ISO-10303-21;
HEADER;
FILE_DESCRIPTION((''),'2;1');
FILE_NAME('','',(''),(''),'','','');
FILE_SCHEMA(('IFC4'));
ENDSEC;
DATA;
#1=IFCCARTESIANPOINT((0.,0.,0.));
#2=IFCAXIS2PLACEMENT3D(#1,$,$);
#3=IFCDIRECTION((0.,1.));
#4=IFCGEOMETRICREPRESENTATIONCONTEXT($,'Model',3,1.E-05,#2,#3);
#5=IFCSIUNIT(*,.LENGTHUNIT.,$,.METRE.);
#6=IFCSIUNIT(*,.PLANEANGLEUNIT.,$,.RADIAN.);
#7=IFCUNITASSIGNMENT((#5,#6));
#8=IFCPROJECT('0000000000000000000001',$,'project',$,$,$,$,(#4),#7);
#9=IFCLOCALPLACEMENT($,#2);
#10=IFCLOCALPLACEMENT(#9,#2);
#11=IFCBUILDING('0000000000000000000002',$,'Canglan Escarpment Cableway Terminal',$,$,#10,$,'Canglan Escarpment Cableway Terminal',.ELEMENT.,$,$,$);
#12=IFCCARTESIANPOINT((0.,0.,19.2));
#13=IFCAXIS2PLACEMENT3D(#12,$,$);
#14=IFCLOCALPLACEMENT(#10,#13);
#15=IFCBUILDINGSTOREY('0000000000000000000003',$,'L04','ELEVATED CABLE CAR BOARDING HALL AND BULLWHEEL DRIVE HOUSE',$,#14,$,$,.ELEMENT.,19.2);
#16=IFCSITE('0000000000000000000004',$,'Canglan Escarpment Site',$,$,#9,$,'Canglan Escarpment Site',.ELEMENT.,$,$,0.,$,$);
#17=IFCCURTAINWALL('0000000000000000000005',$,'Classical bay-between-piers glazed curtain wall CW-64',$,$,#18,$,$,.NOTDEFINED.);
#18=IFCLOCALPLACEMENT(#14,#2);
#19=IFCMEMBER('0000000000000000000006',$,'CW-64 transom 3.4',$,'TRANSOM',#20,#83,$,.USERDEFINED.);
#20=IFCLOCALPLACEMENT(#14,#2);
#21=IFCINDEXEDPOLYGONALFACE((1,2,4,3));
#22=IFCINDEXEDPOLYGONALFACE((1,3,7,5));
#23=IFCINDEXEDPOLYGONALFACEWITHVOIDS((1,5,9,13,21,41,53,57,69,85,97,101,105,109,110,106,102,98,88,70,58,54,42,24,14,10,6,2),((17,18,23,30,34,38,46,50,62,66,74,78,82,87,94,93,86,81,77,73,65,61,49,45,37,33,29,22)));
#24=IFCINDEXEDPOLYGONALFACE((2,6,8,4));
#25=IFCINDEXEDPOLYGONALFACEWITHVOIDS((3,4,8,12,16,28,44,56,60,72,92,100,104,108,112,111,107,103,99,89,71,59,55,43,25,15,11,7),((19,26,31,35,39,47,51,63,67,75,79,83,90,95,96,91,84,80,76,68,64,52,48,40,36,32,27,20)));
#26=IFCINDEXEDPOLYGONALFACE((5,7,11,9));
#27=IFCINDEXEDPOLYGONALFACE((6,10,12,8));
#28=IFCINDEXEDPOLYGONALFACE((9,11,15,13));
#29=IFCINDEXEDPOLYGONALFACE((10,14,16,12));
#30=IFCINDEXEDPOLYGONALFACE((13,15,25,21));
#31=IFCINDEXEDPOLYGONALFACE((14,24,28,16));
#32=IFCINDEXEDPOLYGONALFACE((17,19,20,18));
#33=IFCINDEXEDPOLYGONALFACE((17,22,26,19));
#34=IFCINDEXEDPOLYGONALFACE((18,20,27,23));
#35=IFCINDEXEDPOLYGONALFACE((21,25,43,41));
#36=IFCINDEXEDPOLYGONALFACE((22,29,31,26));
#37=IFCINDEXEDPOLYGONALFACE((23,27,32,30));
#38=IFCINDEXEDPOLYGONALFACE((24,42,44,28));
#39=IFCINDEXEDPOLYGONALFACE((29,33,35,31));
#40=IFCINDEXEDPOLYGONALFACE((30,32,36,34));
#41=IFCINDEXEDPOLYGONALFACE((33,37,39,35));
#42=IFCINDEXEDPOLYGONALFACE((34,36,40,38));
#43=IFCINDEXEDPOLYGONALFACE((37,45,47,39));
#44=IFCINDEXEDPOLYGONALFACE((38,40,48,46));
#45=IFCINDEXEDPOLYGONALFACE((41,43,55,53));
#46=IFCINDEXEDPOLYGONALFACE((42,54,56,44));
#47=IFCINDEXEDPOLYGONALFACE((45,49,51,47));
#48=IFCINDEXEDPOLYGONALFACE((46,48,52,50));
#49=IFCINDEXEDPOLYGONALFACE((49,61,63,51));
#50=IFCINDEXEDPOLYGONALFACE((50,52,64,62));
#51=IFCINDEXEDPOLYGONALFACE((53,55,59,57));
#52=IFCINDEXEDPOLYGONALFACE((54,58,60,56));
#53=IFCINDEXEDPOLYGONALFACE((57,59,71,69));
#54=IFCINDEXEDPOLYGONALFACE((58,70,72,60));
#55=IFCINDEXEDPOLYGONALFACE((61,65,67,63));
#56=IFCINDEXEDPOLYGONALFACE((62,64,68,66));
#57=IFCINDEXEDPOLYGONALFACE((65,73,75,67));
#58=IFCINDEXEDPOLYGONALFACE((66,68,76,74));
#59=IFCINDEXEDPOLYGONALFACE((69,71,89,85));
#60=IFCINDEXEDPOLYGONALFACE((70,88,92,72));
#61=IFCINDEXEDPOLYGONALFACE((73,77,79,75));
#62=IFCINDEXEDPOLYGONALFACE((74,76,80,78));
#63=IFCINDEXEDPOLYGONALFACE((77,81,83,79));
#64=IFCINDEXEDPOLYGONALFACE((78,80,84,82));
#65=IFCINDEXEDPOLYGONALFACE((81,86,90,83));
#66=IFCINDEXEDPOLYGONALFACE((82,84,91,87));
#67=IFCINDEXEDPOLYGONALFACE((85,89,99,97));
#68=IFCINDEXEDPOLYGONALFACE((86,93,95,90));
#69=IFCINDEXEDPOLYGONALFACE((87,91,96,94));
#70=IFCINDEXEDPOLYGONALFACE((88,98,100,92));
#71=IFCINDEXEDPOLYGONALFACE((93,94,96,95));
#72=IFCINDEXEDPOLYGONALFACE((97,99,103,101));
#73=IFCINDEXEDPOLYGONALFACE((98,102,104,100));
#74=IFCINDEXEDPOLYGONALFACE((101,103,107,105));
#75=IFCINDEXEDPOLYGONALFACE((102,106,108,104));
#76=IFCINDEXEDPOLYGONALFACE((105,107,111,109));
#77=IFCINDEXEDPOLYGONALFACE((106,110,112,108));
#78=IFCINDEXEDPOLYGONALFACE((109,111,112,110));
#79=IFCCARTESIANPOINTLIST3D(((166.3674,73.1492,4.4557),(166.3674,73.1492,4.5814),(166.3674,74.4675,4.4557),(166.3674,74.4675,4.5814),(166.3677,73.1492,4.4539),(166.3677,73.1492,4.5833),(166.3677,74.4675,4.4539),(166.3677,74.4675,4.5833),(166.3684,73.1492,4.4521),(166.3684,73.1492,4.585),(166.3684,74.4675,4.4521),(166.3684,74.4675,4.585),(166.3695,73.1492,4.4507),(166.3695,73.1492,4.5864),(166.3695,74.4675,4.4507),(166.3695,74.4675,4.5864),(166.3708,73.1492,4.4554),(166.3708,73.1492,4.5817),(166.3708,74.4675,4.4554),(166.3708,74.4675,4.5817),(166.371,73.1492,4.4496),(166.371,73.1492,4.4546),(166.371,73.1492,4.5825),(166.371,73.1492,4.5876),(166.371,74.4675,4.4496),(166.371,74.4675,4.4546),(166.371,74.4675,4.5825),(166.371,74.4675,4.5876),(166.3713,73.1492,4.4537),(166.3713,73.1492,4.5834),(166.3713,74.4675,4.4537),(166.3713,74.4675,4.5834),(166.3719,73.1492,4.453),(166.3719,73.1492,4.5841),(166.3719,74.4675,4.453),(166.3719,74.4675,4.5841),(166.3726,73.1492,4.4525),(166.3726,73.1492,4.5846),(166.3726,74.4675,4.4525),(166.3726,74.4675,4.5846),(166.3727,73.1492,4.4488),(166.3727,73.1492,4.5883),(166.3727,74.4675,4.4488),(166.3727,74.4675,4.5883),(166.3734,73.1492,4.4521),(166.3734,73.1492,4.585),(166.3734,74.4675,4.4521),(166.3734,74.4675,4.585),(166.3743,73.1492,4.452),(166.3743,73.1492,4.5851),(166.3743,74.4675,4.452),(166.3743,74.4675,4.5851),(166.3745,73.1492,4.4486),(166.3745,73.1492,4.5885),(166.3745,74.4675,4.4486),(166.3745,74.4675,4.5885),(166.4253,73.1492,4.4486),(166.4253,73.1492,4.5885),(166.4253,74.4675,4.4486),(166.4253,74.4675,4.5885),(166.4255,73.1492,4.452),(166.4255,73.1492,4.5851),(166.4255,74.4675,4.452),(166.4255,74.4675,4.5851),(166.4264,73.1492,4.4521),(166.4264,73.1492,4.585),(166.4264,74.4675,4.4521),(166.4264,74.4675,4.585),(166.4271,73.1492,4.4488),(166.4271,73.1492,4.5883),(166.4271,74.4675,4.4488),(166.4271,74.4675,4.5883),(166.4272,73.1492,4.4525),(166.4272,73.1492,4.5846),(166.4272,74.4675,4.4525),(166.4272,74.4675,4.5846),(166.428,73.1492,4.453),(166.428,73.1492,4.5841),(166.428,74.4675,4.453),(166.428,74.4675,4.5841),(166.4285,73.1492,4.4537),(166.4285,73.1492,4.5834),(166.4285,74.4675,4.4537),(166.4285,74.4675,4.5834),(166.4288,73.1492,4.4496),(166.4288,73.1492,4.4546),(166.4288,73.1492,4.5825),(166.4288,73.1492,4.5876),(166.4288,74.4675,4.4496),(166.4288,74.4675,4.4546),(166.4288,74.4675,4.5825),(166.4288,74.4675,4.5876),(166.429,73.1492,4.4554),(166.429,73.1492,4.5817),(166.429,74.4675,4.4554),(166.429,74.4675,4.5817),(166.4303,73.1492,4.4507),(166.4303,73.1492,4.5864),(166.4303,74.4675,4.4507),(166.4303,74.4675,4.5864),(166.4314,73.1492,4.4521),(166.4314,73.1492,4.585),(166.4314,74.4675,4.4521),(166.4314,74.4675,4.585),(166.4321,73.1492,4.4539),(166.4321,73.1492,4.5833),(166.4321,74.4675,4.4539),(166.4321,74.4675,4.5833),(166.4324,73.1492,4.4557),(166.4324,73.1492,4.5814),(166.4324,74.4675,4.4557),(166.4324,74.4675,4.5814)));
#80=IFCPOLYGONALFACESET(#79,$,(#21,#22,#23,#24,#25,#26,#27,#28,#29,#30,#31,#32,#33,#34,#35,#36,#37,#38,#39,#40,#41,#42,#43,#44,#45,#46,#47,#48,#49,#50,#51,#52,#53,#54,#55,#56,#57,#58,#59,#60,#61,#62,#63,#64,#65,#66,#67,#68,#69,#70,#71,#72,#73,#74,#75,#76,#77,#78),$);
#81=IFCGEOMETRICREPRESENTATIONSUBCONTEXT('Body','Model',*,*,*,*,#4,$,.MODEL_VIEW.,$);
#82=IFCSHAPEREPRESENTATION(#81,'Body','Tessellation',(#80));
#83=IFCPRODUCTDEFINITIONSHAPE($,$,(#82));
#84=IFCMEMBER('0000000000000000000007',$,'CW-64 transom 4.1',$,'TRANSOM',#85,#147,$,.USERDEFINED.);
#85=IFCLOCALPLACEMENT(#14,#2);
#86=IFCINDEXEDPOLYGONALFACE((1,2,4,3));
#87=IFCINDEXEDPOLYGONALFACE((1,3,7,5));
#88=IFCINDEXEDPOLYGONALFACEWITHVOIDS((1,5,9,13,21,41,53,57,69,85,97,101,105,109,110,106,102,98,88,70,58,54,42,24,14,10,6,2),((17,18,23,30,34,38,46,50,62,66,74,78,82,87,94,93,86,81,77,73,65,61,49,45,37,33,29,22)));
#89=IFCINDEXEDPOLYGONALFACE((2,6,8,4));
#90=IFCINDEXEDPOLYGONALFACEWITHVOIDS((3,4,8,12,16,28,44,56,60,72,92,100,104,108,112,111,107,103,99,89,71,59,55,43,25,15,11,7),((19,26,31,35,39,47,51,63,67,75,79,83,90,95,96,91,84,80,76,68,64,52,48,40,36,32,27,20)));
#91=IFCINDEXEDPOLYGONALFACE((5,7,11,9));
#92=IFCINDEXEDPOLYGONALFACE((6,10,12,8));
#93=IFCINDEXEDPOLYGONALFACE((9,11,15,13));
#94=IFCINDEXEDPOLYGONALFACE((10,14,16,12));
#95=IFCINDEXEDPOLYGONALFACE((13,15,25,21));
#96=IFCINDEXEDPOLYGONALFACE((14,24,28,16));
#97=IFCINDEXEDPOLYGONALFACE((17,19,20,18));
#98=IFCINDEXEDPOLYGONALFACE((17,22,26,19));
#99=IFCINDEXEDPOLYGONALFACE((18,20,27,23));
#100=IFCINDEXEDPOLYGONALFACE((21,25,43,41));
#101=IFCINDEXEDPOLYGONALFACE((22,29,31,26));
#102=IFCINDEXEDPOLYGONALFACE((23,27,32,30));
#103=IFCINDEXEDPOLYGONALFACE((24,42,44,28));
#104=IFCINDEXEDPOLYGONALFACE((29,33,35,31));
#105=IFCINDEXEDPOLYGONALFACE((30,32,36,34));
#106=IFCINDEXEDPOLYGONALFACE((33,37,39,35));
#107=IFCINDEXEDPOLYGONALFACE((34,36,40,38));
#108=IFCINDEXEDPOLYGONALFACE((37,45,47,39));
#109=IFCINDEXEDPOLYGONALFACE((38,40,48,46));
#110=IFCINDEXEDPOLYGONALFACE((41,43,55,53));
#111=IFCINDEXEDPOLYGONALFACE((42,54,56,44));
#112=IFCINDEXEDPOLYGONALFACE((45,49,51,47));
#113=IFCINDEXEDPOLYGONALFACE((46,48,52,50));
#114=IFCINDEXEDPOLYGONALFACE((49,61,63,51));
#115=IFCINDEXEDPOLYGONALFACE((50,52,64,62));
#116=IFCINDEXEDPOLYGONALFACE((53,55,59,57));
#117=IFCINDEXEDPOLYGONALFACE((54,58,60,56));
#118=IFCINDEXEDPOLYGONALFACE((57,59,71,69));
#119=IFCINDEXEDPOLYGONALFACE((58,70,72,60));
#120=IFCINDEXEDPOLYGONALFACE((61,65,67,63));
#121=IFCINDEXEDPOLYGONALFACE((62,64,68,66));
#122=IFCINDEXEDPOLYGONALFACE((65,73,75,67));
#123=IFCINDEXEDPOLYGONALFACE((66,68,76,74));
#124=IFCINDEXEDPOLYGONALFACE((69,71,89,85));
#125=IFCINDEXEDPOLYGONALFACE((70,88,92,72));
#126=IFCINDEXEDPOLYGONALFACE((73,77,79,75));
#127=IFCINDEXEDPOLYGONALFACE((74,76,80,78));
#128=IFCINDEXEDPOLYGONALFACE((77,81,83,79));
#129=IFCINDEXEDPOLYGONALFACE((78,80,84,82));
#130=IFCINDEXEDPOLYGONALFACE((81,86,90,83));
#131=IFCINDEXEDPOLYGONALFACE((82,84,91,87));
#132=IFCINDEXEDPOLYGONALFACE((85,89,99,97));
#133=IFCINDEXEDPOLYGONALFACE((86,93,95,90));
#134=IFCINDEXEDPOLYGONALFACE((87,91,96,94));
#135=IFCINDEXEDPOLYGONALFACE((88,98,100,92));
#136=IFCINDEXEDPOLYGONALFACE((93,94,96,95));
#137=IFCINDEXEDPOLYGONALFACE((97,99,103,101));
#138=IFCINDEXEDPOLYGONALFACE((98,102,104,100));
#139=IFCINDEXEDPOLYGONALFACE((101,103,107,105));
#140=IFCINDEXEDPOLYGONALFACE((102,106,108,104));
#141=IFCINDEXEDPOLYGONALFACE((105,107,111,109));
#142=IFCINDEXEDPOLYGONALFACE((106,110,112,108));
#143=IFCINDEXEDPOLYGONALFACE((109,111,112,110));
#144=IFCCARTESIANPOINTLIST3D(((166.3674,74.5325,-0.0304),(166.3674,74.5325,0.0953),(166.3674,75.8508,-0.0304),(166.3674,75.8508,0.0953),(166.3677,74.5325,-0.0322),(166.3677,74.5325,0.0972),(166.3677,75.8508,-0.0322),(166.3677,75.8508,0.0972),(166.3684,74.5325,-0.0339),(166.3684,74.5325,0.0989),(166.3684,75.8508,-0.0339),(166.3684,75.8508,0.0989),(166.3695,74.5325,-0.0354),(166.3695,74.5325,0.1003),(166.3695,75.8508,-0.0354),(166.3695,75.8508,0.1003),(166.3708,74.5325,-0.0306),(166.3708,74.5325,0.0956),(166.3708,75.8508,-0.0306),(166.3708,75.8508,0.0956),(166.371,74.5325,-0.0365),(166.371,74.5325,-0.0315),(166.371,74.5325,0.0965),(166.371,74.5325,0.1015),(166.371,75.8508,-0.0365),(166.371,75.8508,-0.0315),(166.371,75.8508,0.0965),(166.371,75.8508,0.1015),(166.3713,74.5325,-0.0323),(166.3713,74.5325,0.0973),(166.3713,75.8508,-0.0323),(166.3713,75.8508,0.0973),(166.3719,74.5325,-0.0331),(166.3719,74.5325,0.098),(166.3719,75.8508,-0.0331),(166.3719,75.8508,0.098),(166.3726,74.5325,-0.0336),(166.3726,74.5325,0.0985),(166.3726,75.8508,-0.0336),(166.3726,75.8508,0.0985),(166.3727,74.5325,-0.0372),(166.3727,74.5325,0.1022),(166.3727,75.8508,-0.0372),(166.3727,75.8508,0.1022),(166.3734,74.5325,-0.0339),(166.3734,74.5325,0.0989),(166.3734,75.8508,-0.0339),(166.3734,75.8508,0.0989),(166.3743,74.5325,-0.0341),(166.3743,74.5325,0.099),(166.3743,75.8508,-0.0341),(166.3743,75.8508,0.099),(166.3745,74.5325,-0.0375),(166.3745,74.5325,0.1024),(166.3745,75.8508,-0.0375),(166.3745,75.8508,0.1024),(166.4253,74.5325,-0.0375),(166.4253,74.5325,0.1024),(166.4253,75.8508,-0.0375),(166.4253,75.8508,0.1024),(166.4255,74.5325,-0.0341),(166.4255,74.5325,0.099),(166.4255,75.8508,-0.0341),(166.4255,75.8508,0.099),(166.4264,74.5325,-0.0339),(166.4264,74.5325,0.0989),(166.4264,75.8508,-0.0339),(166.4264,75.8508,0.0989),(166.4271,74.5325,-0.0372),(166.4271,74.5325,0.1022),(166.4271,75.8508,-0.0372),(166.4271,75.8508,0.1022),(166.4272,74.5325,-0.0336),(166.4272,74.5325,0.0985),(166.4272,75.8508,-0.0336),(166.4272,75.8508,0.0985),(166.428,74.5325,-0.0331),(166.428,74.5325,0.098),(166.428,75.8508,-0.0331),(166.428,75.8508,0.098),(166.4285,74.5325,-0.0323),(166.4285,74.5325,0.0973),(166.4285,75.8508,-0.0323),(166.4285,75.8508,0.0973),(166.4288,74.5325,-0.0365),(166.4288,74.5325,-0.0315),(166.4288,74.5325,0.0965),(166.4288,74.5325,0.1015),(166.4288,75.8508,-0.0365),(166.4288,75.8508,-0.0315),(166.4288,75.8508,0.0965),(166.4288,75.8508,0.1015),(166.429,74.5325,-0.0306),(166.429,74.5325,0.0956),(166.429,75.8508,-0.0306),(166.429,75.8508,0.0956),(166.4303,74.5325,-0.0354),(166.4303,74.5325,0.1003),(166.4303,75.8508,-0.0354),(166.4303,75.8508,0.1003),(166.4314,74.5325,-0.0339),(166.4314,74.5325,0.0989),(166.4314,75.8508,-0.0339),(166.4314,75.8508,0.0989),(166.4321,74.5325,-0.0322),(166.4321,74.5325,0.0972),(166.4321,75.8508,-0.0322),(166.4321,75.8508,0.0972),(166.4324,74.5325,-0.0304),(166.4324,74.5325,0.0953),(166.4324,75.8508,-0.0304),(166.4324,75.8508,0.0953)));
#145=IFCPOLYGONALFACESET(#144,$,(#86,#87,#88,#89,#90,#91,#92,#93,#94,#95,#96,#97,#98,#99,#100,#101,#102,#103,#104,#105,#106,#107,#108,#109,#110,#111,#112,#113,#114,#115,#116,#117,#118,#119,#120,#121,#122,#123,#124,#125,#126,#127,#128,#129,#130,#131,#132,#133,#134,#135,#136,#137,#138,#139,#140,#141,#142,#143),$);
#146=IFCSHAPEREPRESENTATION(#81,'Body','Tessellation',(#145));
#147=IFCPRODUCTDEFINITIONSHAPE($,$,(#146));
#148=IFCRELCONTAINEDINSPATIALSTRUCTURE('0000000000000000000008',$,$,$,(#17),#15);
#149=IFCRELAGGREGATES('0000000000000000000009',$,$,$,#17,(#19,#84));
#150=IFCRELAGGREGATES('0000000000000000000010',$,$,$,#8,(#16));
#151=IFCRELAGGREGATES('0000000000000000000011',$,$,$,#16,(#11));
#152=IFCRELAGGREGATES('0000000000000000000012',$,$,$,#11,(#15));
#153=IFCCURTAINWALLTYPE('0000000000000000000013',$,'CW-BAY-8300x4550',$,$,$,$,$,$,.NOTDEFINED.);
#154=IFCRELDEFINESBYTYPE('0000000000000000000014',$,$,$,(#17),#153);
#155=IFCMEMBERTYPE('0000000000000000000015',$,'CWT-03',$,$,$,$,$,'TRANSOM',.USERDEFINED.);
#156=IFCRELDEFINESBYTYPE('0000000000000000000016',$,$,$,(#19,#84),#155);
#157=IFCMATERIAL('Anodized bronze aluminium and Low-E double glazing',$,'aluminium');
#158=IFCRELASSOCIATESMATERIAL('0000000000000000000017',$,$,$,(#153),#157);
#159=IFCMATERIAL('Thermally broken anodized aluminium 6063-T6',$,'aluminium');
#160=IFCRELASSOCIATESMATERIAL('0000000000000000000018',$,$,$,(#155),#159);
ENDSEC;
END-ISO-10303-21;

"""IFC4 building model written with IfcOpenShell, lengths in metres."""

from ifc_helpers import new_model, si_unit, direction, frame, origin, origin_2d, place, context, subcontext, project, spatial, hollow_rectangle, extrude, material, material_profile, profile_set, type_object, element, aggregate, save


model = new_model("IFC4")

# Units and contexts
model_context = context("Model", 3, precision=1e-05, world=origin(), true_north=direction((0.0, 1.0)))
body_context = subcontext(model_context, "Body", "Model", "MODEL_VIEW")
ifc_project = project(units=[si_unit("LENGTHUNIT", "METRE"), si_unit("PLANEANGLEUNIT", "RADIAN")], contexts=[model_context])

# Site, building, storey
site_placement = place(None, origin())
site = spatial("IfcSite", under=ifc_project, at=site_placement, Name="Canglan Escarpment Site", LongName="Canglan Escarpment Site", CompositionType="ELEMENT", RefElevation=0.0)
building_placement = place(site_placement, origin())
building = spatial("IfcBuilding", under=site, at=building_placement, Name="Canglan Escarpment Cableway Terminal", LongName="Canglan Escarpment Cableway Terminal", CompositionType="ELEMENT")
storey_placement = place(building_placement, frame((0.0, 0.0, 19.2)))
storey = spatial("IfcBuildingStorey", under=building, at=storey_placement, Name="L04", Description="ELEVATED CABLE CAR BOARDING HALL AND BULLWHEEL DRIVE HOUSE", CompositionType="ELEMENT", Elevation=19.2)

# Curtain wall, members
ifc_material_1 = material(Name="Anodized bronze aluminium and Low-E double glazing", Category="aluminium")
curtain_wall_type = type_object("IfcCurtainWallType", Name="CW-BAY-8300x4550", PredefinedType="NOTDEFINED", material=ifc_material_1)
curtain_wall_placement = place(storey_placement, origin())
curtain_wall = element("IfcCurtainWall", 1, at=curtain_wall_placement, inside=storey, type_object=curtain_wall_type, Name="Classical bay-between-piers glazed curtain wall CW-64", PredefinedType="NOTDEFINED")
ifc_material_2 = material(Name="Thermally broken anodized aluminium 6063-T6", Category="aluminium")
ifc_material_profile_1 = material_profile(ifc_material_2, hollow_rectangle(XDim=0.0649, YDim=0.1399, WallThickness=0.0034, InnerFilletRadius=0.0034, OuterFilletRadius=0.0071, at=origin_2d()), Name="ALU-TRAN 65x140x3.5")
ifc_profile_set_1 = profile_set([ifc_material_profile_1], Name="Thermally broken anodized aluminium 6063-T6")
member_type_1 = type_object("IfcMemberType", Name="CWT-03", ElementType="TRANSOM", PredefinedType="USERDEFINED", material=ifc_profile_set_1)
member_1_placement = place(storey_placement, frame((166.3999, 73.1492, 4.5186), z_axis=(0.0, 1.0, 0.0), x_axis=(-1.0, 0.0, 0.0)))
member_1 = element("IfcMember", 2, at=member_1_placement, type_object=member_type_1, Name="CW-64 transom 3.4", ObjectType="TRANSOM", PredefinedType="USERDEFINED", context=body_context, shape_type="SweptSolid", body=[
    extrude(hollow_rectangle(XDim=0.0649, YDim=0.1399, WallThickness=0.0034, InnerFilletRadius=0.0034, OuterFilletRadius=0.0071, at=origin_2d()), origin(), (0.0, 0.0, 1.0), 1.3184),
])
member_2_placement = place(storey_placement, frame((166.3999, 74.5325, 0.0325), z_axis=(0.0, 1.0, 0.0), x_axis=(-1.0, 0.0, 0.0)))
member_2 = element("IfcMember", 3, at=member_2_placement, type_object=member_type_1, Name="CW-64 transom 4.1", ObjectType="TRANSOM", PredefinedType="USERDEFINED", context=body_context, shape_type="SweptSolid", body=[
    extrude(hollow_rectangle(XDim=0.0649, YDim=0.1399, WallThickness=0.0034, InnerFilletRadius=0.0034, OuterFilletRadius=0.0071, at=origin_2d()), origin(), (0.0, 0.0, 1.0), 1.3184),
])
aggregate(curtain_wall, [member_1, member_2])

save(model, "model.ifc")
